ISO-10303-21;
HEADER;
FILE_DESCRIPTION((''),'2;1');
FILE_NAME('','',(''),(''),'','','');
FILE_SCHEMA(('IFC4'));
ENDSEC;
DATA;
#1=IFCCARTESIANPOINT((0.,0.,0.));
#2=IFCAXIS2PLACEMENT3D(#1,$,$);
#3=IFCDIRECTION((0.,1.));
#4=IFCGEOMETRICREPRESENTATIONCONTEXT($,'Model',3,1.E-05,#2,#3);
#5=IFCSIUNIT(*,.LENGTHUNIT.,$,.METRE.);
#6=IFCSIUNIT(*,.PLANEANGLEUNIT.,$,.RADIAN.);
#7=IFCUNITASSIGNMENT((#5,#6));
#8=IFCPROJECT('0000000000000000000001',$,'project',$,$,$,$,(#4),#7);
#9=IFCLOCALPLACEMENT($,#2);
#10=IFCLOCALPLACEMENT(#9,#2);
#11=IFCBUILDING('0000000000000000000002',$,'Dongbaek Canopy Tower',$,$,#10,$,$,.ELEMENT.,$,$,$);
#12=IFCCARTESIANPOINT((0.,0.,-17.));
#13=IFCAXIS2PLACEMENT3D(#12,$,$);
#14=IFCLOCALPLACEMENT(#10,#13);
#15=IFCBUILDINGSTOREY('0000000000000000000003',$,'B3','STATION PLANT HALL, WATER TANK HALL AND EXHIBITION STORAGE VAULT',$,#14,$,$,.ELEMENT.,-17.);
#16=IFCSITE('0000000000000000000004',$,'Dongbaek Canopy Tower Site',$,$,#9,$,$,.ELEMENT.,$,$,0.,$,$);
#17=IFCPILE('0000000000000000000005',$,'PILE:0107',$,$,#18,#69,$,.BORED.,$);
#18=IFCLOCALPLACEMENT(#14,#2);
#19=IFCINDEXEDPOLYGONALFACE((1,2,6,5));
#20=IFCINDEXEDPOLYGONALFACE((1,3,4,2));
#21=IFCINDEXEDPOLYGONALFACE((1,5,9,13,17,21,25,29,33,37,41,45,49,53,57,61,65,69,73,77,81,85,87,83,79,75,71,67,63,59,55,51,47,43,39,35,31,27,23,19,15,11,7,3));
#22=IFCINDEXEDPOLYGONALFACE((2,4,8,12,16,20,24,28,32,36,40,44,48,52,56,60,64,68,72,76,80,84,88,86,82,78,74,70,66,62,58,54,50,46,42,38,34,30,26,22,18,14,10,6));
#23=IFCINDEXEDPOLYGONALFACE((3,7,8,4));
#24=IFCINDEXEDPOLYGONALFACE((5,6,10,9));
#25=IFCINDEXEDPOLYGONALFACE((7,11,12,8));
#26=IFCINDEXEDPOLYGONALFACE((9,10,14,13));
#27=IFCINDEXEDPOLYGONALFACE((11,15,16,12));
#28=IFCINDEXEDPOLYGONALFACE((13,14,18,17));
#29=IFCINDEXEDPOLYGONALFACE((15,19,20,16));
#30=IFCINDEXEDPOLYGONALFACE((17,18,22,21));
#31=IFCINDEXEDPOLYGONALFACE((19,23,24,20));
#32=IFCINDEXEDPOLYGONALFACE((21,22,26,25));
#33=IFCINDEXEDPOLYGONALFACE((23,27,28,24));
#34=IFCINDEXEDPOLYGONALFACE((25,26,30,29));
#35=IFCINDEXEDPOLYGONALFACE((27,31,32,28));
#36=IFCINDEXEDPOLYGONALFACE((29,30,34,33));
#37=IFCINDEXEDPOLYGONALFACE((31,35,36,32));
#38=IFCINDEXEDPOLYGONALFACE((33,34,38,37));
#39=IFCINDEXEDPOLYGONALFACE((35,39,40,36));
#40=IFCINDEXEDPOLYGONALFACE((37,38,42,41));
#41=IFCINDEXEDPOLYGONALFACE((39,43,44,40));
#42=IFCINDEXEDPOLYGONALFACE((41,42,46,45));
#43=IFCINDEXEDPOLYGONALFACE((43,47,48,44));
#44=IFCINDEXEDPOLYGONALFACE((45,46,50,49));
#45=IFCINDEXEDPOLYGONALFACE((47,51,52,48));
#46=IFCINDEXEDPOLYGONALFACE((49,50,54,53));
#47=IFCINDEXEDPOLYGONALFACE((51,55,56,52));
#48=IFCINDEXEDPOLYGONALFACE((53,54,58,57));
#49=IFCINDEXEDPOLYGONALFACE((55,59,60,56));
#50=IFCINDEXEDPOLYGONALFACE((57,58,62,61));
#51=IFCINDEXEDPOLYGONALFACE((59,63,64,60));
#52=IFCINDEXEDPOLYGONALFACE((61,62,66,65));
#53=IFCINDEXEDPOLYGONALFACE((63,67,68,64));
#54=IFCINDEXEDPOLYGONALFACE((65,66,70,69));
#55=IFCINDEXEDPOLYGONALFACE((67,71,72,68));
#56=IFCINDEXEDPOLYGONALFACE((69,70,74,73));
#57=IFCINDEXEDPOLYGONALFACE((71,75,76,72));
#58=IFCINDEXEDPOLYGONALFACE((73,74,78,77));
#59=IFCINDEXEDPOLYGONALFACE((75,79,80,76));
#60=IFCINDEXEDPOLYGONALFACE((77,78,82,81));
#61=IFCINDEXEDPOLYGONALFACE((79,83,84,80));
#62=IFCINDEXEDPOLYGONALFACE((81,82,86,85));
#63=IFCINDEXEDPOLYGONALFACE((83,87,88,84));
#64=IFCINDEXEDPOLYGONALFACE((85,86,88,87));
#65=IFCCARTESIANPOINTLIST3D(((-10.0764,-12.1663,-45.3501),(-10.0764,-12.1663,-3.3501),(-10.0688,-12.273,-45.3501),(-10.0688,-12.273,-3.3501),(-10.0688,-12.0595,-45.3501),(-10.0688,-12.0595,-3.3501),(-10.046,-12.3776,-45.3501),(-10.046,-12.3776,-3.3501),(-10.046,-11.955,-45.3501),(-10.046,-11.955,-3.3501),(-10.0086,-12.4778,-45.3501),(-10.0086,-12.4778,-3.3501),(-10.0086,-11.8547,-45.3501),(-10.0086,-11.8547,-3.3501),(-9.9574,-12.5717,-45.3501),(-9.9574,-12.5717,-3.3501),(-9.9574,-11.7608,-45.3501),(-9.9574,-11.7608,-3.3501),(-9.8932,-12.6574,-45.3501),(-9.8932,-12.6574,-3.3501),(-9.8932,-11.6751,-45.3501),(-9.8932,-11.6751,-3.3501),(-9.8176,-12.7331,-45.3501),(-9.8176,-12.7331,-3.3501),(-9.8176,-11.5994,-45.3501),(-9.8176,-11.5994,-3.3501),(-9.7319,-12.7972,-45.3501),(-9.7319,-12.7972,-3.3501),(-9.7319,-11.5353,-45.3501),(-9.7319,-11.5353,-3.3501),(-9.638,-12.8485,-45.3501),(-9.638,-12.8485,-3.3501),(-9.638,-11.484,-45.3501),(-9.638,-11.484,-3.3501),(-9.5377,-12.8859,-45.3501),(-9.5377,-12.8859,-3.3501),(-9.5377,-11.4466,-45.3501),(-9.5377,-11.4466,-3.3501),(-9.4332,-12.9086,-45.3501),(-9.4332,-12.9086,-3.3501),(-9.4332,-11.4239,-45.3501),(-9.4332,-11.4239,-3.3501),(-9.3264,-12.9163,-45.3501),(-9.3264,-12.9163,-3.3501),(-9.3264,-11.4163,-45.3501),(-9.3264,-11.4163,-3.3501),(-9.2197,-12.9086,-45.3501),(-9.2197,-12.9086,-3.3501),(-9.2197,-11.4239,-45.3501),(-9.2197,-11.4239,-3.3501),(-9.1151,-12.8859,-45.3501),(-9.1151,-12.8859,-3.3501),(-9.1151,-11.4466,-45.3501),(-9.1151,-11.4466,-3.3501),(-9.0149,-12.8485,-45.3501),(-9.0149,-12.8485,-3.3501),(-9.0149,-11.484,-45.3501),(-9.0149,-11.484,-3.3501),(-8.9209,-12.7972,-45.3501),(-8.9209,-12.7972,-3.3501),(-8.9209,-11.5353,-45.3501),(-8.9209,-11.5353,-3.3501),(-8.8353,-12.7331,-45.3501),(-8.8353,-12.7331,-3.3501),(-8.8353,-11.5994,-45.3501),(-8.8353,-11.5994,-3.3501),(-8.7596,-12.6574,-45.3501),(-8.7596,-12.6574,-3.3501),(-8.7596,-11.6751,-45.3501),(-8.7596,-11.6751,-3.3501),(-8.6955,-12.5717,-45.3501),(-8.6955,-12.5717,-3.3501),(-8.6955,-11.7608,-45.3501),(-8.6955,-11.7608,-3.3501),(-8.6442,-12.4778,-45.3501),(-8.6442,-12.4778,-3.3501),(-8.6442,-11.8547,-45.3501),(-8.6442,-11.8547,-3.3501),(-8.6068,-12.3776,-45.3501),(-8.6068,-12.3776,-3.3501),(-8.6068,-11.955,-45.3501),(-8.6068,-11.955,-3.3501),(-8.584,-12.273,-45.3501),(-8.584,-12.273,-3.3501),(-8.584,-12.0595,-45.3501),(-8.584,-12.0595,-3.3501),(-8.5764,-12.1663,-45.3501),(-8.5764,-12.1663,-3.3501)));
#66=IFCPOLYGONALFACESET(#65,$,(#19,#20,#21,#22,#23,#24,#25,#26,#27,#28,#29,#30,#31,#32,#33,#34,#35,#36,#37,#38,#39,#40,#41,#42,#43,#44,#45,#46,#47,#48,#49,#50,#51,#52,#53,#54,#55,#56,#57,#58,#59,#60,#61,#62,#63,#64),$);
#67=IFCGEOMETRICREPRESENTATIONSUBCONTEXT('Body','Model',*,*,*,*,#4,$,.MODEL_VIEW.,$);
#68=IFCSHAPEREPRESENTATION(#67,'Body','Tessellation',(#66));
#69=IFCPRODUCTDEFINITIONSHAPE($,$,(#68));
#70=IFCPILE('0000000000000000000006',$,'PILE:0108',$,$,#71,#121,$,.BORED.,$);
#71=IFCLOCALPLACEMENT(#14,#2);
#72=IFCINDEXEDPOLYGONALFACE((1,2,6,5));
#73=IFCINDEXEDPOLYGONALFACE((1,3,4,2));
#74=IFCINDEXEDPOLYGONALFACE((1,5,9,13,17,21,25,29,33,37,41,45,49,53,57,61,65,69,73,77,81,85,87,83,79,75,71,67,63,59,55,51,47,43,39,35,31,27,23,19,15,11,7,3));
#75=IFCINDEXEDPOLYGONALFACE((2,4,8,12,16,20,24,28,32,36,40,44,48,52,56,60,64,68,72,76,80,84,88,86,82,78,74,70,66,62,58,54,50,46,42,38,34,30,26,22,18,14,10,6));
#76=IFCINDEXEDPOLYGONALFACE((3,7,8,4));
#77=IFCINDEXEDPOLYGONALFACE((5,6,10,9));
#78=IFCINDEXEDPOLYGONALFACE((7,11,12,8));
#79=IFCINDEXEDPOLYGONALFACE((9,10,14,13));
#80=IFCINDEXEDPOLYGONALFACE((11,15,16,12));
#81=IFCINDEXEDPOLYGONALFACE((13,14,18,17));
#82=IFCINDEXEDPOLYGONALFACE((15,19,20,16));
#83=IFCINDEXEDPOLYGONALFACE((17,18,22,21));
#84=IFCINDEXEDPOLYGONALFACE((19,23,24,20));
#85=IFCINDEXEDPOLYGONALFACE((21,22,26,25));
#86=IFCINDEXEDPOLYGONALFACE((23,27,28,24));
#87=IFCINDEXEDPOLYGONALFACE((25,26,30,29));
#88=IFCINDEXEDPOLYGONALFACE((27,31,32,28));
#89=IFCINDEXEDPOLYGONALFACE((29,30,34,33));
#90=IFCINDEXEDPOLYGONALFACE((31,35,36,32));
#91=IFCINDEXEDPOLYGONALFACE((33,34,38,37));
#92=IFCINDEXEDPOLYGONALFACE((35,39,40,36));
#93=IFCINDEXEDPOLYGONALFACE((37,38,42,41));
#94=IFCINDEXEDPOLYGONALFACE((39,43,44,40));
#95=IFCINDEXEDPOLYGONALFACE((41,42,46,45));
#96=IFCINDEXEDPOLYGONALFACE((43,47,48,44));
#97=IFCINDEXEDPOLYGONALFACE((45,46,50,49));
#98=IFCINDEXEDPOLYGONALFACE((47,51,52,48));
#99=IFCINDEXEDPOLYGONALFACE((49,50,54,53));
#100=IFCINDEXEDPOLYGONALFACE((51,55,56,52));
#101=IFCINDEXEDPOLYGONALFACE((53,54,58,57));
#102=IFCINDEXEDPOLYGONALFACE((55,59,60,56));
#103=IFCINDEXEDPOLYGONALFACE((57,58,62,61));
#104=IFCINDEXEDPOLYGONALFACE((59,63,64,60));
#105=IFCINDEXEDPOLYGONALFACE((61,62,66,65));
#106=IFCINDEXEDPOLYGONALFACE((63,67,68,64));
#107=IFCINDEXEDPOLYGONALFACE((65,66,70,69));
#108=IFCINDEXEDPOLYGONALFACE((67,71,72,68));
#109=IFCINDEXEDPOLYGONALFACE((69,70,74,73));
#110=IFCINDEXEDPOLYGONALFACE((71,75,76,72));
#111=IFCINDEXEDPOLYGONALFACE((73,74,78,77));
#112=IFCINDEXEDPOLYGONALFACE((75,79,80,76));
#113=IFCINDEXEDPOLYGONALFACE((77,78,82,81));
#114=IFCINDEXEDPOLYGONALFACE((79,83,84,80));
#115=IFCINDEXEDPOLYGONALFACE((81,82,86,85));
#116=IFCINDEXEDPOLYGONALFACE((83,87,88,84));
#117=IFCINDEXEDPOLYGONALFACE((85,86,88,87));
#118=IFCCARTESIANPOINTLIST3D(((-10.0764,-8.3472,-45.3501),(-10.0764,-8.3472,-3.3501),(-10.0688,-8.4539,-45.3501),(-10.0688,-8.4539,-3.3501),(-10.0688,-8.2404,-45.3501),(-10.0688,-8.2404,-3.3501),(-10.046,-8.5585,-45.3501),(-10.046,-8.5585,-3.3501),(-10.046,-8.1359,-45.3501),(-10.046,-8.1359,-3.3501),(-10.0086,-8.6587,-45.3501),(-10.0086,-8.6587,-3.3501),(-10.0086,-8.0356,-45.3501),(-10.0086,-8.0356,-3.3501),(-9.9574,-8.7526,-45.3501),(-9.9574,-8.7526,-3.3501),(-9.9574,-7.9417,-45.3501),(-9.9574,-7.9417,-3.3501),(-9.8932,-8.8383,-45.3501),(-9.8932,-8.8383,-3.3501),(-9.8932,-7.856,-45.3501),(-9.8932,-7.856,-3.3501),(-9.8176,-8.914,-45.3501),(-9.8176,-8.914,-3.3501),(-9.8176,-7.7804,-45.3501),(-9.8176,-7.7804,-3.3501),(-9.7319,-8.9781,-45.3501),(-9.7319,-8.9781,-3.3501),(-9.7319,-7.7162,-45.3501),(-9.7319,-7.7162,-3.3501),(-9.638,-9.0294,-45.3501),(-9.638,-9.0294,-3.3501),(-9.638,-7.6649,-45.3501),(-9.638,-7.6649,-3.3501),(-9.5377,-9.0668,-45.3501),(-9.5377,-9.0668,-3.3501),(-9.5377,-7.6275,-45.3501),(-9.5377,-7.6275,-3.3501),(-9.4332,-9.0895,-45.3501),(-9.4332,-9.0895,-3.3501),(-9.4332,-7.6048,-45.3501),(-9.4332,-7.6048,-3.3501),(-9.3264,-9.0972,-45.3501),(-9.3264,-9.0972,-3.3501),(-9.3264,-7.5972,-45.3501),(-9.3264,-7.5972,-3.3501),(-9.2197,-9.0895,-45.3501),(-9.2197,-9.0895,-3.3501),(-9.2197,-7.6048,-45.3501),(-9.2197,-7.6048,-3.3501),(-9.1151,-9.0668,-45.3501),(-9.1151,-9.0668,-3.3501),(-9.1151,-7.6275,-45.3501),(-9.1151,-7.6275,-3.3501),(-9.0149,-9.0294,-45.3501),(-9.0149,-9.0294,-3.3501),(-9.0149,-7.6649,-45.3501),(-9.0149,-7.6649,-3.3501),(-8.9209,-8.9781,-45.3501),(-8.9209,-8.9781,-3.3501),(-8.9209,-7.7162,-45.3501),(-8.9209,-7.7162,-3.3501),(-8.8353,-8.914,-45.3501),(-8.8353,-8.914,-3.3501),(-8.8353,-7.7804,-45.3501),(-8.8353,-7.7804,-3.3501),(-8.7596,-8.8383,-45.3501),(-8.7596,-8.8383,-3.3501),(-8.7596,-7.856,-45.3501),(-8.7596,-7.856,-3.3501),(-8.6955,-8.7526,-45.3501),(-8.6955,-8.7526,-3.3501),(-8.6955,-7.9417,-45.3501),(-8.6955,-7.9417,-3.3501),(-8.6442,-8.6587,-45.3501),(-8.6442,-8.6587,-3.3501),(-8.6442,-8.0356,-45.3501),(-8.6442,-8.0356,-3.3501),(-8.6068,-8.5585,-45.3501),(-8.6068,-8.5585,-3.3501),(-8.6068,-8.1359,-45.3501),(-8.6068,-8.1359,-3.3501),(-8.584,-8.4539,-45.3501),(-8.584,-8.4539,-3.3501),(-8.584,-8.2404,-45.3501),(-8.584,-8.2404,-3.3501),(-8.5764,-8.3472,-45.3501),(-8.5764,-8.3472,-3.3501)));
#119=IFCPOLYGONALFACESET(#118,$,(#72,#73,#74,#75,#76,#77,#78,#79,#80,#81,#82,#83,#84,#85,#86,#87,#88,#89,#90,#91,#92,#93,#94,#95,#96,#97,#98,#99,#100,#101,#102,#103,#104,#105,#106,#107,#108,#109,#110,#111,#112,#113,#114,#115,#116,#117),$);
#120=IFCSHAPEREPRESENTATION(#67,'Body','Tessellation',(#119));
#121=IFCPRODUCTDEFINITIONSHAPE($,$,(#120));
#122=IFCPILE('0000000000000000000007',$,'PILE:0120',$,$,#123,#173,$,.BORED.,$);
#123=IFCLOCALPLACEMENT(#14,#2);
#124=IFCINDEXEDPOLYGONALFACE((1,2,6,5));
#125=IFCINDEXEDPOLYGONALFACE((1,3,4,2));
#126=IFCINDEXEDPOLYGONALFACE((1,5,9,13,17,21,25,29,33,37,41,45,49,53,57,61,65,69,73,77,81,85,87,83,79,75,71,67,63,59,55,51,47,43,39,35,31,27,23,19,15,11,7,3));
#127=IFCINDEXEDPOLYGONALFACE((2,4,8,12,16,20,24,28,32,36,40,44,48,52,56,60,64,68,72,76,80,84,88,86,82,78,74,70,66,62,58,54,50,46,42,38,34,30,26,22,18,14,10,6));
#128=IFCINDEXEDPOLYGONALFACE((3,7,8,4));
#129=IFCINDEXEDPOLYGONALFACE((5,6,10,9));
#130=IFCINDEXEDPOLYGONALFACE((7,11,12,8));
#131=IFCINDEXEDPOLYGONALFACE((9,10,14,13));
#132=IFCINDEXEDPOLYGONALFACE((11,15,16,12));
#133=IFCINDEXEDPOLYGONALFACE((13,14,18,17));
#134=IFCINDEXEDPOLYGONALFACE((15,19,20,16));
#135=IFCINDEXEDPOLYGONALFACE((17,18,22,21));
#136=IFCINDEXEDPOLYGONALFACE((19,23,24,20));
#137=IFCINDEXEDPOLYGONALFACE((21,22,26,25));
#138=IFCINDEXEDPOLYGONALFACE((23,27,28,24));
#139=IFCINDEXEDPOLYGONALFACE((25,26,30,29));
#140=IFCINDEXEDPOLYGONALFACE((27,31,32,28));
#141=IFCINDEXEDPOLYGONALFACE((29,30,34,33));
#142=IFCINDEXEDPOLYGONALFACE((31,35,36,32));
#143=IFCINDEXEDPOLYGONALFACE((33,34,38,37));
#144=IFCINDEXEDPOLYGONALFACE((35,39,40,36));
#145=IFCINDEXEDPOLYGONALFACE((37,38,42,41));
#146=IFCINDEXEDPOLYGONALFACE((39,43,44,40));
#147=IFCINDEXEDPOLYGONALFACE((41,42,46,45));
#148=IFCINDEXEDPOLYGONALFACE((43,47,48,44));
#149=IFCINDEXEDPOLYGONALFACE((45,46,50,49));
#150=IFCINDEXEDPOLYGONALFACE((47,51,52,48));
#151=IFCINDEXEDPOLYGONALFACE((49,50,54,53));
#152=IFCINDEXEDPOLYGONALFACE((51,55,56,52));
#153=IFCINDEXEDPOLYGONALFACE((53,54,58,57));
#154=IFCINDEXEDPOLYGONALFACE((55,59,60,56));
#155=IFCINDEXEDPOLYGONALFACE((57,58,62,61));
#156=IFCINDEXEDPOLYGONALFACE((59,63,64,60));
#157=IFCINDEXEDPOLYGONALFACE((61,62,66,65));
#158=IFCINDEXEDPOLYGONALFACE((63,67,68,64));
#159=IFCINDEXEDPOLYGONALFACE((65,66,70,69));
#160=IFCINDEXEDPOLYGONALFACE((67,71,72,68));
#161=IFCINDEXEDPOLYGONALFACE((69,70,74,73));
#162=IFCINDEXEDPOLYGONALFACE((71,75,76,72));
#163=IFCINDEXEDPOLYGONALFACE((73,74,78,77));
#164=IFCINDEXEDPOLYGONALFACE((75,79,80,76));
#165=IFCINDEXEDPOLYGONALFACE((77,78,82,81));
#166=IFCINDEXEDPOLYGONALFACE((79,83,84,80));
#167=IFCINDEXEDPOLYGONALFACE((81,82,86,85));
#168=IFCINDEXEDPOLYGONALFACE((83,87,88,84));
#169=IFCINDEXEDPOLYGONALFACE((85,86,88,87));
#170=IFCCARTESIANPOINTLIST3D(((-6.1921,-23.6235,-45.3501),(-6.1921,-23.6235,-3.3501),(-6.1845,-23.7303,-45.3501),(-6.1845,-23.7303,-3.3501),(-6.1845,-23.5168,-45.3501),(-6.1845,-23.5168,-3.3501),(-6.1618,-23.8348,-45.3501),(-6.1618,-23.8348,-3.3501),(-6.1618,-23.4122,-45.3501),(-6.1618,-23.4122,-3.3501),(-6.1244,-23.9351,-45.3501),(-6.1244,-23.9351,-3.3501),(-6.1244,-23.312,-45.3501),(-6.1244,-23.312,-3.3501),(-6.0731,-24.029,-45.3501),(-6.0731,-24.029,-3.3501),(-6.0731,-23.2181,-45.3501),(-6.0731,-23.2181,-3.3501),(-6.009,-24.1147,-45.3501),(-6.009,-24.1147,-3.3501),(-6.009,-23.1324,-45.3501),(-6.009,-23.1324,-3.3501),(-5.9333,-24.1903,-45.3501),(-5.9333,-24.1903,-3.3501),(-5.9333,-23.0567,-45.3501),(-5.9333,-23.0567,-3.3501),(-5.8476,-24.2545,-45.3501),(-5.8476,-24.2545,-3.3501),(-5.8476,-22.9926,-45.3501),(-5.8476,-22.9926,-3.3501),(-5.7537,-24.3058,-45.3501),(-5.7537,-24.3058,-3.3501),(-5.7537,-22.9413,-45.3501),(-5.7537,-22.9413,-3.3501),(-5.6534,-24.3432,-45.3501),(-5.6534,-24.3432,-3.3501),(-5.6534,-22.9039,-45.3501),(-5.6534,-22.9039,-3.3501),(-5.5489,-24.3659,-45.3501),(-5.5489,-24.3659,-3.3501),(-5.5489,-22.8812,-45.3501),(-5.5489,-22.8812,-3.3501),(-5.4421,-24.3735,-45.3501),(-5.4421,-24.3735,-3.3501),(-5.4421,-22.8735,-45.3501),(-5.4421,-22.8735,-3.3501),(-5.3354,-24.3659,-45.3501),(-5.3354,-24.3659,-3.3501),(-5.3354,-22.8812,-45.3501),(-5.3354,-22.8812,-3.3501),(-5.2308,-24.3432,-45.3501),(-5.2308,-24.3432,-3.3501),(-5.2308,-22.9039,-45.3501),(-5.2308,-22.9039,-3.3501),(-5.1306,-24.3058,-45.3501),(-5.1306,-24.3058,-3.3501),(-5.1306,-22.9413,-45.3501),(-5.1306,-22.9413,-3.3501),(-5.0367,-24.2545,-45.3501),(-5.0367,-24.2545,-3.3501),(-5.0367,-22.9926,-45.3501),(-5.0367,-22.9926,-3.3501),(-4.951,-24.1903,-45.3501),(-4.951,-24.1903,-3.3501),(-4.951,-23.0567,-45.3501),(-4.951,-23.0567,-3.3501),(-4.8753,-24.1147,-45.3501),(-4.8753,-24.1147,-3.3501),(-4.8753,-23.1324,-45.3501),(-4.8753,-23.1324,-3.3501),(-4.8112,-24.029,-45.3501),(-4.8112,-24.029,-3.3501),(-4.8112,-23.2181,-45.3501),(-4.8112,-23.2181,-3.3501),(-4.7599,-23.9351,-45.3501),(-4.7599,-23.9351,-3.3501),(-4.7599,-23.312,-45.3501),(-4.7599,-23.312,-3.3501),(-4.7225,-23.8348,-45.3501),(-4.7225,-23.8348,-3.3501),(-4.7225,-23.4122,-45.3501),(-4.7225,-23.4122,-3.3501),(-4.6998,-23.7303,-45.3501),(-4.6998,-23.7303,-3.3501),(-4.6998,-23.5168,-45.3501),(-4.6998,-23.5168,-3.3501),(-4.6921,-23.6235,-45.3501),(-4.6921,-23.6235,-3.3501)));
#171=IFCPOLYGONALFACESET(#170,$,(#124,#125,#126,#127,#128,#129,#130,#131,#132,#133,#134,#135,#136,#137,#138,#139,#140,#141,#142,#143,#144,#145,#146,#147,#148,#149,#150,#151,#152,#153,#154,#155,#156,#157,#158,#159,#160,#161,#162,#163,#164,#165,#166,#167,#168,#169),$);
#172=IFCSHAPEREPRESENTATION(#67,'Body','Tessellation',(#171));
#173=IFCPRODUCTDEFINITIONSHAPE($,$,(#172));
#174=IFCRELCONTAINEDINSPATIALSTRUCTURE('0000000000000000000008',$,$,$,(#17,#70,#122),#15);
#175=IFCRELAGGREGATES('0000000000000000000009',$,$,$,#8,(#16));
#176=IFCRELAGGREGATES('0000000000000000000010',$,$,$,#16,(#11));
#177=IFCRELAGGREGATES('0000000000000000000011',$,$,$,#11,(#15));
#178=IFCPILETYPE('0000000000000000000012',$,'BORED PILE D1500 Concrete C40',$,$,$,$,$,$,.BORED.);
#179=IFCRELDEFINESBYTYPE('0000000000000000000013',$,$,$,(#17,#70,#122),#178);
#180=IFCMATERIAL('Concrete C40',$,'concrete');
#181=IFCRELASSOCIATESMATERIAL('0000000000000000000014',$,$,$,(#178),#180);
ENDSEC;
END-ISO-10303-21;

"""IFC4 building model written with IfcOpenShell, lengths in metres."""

from ifc_helpers import new_model, si_unit, direction, frame, origin, origin_2d, place, context, subcontext, project, spatial, circle, extrude, material, material_profile, profile_set, type_object, element, save


model = new_model("IFC4")

# Units and contexts
model_context = context("Model", 3, precision=1e-05, world=origin(), true_north=direction((0.0, 1.0)))
body_context = subcontext(model_context, "Body", "Model", "MODEL_VIEW")
ifc_project = project(units=[si_unit("LENGTHUNIT", "METRE"), si_unit("PLANEANGLEUNIT", "RADIAN")], contexts=[model_context])

# Site, building, storey
site_placement = place(None, origin())
site = spatial("IfcSite", under=ifc_project, at=site_placement, Name="Dongbaek Canopy Tower Site", CompositionType="ELEMENT", RefElevation=0.0)
building_placement = place(site_placement, origin())
building = spatial("IfcBuilding", under=site, at=building_placement, Name="Dongbaek Canopy Tower", CompositionType="ELEMENT")
storey_placement = place(building_placement, frame((0.0, 0.0, -17.0)))
storey = spatial("IfcBuildingStorey", under=building, at=storey_placement, Name="B3", Description="STATION PLANT HALL, WATER TANK HALL AND EXHIBITION STORAGE VAULT", CompositionType="ELEMENT", Elevation=-17.0)

# Piles
ifc_material_1 = material(Name="Concrete C40", Category="concrete")
ifc_material_profile_1 = material_profile(ifc_material_1, circle(Radius=0.75, at=origin_2d()), Name="BORED PILE D1500 Concrete C40")
ifc_profile_set_1 = profile_set([ifc_material_profile_1], Name="Concrete C40")
pile_type = type_object("IfcPileType", Name="BORED PILE D1500 Concrete C40", PredefinedType="BORED", material=ifc_profile_set_1)
for number, where, z_axis, x_axis, name in (
    (1, (-9.3264, -12.1663, -3.3501), (0.0, 0.0, -1.0), (1.0, 0.0, 0.0), "PILE:0107"),
    (2, (-9.3264, -8.3472, -3.3501), (0.0, 0.0, -1.0), (1.0, 0.0, 0.0), "PILE:0108"),
    (3, (-5.4421, -23.6235, -3.3501), (0.0, 0.0, -1.0), (1.0, 0.0, 0.0), "PILE:0120"),
):
    element("IfcPile", number, at=place(storey_placement, frame(where, z_axis=z_axis, x_axis=x_axis)), inside=storey, type_object=pile_type, Name=name, PredefinedType="BORED", context=body_context, shape_type="SweptSolid", body=[
        extrude(circle(Radius=0.75, at=origin_2d()), origin(), (0.0, 0.0, 1.0), 42.0),
    ])

save(model, "model.ifc")
